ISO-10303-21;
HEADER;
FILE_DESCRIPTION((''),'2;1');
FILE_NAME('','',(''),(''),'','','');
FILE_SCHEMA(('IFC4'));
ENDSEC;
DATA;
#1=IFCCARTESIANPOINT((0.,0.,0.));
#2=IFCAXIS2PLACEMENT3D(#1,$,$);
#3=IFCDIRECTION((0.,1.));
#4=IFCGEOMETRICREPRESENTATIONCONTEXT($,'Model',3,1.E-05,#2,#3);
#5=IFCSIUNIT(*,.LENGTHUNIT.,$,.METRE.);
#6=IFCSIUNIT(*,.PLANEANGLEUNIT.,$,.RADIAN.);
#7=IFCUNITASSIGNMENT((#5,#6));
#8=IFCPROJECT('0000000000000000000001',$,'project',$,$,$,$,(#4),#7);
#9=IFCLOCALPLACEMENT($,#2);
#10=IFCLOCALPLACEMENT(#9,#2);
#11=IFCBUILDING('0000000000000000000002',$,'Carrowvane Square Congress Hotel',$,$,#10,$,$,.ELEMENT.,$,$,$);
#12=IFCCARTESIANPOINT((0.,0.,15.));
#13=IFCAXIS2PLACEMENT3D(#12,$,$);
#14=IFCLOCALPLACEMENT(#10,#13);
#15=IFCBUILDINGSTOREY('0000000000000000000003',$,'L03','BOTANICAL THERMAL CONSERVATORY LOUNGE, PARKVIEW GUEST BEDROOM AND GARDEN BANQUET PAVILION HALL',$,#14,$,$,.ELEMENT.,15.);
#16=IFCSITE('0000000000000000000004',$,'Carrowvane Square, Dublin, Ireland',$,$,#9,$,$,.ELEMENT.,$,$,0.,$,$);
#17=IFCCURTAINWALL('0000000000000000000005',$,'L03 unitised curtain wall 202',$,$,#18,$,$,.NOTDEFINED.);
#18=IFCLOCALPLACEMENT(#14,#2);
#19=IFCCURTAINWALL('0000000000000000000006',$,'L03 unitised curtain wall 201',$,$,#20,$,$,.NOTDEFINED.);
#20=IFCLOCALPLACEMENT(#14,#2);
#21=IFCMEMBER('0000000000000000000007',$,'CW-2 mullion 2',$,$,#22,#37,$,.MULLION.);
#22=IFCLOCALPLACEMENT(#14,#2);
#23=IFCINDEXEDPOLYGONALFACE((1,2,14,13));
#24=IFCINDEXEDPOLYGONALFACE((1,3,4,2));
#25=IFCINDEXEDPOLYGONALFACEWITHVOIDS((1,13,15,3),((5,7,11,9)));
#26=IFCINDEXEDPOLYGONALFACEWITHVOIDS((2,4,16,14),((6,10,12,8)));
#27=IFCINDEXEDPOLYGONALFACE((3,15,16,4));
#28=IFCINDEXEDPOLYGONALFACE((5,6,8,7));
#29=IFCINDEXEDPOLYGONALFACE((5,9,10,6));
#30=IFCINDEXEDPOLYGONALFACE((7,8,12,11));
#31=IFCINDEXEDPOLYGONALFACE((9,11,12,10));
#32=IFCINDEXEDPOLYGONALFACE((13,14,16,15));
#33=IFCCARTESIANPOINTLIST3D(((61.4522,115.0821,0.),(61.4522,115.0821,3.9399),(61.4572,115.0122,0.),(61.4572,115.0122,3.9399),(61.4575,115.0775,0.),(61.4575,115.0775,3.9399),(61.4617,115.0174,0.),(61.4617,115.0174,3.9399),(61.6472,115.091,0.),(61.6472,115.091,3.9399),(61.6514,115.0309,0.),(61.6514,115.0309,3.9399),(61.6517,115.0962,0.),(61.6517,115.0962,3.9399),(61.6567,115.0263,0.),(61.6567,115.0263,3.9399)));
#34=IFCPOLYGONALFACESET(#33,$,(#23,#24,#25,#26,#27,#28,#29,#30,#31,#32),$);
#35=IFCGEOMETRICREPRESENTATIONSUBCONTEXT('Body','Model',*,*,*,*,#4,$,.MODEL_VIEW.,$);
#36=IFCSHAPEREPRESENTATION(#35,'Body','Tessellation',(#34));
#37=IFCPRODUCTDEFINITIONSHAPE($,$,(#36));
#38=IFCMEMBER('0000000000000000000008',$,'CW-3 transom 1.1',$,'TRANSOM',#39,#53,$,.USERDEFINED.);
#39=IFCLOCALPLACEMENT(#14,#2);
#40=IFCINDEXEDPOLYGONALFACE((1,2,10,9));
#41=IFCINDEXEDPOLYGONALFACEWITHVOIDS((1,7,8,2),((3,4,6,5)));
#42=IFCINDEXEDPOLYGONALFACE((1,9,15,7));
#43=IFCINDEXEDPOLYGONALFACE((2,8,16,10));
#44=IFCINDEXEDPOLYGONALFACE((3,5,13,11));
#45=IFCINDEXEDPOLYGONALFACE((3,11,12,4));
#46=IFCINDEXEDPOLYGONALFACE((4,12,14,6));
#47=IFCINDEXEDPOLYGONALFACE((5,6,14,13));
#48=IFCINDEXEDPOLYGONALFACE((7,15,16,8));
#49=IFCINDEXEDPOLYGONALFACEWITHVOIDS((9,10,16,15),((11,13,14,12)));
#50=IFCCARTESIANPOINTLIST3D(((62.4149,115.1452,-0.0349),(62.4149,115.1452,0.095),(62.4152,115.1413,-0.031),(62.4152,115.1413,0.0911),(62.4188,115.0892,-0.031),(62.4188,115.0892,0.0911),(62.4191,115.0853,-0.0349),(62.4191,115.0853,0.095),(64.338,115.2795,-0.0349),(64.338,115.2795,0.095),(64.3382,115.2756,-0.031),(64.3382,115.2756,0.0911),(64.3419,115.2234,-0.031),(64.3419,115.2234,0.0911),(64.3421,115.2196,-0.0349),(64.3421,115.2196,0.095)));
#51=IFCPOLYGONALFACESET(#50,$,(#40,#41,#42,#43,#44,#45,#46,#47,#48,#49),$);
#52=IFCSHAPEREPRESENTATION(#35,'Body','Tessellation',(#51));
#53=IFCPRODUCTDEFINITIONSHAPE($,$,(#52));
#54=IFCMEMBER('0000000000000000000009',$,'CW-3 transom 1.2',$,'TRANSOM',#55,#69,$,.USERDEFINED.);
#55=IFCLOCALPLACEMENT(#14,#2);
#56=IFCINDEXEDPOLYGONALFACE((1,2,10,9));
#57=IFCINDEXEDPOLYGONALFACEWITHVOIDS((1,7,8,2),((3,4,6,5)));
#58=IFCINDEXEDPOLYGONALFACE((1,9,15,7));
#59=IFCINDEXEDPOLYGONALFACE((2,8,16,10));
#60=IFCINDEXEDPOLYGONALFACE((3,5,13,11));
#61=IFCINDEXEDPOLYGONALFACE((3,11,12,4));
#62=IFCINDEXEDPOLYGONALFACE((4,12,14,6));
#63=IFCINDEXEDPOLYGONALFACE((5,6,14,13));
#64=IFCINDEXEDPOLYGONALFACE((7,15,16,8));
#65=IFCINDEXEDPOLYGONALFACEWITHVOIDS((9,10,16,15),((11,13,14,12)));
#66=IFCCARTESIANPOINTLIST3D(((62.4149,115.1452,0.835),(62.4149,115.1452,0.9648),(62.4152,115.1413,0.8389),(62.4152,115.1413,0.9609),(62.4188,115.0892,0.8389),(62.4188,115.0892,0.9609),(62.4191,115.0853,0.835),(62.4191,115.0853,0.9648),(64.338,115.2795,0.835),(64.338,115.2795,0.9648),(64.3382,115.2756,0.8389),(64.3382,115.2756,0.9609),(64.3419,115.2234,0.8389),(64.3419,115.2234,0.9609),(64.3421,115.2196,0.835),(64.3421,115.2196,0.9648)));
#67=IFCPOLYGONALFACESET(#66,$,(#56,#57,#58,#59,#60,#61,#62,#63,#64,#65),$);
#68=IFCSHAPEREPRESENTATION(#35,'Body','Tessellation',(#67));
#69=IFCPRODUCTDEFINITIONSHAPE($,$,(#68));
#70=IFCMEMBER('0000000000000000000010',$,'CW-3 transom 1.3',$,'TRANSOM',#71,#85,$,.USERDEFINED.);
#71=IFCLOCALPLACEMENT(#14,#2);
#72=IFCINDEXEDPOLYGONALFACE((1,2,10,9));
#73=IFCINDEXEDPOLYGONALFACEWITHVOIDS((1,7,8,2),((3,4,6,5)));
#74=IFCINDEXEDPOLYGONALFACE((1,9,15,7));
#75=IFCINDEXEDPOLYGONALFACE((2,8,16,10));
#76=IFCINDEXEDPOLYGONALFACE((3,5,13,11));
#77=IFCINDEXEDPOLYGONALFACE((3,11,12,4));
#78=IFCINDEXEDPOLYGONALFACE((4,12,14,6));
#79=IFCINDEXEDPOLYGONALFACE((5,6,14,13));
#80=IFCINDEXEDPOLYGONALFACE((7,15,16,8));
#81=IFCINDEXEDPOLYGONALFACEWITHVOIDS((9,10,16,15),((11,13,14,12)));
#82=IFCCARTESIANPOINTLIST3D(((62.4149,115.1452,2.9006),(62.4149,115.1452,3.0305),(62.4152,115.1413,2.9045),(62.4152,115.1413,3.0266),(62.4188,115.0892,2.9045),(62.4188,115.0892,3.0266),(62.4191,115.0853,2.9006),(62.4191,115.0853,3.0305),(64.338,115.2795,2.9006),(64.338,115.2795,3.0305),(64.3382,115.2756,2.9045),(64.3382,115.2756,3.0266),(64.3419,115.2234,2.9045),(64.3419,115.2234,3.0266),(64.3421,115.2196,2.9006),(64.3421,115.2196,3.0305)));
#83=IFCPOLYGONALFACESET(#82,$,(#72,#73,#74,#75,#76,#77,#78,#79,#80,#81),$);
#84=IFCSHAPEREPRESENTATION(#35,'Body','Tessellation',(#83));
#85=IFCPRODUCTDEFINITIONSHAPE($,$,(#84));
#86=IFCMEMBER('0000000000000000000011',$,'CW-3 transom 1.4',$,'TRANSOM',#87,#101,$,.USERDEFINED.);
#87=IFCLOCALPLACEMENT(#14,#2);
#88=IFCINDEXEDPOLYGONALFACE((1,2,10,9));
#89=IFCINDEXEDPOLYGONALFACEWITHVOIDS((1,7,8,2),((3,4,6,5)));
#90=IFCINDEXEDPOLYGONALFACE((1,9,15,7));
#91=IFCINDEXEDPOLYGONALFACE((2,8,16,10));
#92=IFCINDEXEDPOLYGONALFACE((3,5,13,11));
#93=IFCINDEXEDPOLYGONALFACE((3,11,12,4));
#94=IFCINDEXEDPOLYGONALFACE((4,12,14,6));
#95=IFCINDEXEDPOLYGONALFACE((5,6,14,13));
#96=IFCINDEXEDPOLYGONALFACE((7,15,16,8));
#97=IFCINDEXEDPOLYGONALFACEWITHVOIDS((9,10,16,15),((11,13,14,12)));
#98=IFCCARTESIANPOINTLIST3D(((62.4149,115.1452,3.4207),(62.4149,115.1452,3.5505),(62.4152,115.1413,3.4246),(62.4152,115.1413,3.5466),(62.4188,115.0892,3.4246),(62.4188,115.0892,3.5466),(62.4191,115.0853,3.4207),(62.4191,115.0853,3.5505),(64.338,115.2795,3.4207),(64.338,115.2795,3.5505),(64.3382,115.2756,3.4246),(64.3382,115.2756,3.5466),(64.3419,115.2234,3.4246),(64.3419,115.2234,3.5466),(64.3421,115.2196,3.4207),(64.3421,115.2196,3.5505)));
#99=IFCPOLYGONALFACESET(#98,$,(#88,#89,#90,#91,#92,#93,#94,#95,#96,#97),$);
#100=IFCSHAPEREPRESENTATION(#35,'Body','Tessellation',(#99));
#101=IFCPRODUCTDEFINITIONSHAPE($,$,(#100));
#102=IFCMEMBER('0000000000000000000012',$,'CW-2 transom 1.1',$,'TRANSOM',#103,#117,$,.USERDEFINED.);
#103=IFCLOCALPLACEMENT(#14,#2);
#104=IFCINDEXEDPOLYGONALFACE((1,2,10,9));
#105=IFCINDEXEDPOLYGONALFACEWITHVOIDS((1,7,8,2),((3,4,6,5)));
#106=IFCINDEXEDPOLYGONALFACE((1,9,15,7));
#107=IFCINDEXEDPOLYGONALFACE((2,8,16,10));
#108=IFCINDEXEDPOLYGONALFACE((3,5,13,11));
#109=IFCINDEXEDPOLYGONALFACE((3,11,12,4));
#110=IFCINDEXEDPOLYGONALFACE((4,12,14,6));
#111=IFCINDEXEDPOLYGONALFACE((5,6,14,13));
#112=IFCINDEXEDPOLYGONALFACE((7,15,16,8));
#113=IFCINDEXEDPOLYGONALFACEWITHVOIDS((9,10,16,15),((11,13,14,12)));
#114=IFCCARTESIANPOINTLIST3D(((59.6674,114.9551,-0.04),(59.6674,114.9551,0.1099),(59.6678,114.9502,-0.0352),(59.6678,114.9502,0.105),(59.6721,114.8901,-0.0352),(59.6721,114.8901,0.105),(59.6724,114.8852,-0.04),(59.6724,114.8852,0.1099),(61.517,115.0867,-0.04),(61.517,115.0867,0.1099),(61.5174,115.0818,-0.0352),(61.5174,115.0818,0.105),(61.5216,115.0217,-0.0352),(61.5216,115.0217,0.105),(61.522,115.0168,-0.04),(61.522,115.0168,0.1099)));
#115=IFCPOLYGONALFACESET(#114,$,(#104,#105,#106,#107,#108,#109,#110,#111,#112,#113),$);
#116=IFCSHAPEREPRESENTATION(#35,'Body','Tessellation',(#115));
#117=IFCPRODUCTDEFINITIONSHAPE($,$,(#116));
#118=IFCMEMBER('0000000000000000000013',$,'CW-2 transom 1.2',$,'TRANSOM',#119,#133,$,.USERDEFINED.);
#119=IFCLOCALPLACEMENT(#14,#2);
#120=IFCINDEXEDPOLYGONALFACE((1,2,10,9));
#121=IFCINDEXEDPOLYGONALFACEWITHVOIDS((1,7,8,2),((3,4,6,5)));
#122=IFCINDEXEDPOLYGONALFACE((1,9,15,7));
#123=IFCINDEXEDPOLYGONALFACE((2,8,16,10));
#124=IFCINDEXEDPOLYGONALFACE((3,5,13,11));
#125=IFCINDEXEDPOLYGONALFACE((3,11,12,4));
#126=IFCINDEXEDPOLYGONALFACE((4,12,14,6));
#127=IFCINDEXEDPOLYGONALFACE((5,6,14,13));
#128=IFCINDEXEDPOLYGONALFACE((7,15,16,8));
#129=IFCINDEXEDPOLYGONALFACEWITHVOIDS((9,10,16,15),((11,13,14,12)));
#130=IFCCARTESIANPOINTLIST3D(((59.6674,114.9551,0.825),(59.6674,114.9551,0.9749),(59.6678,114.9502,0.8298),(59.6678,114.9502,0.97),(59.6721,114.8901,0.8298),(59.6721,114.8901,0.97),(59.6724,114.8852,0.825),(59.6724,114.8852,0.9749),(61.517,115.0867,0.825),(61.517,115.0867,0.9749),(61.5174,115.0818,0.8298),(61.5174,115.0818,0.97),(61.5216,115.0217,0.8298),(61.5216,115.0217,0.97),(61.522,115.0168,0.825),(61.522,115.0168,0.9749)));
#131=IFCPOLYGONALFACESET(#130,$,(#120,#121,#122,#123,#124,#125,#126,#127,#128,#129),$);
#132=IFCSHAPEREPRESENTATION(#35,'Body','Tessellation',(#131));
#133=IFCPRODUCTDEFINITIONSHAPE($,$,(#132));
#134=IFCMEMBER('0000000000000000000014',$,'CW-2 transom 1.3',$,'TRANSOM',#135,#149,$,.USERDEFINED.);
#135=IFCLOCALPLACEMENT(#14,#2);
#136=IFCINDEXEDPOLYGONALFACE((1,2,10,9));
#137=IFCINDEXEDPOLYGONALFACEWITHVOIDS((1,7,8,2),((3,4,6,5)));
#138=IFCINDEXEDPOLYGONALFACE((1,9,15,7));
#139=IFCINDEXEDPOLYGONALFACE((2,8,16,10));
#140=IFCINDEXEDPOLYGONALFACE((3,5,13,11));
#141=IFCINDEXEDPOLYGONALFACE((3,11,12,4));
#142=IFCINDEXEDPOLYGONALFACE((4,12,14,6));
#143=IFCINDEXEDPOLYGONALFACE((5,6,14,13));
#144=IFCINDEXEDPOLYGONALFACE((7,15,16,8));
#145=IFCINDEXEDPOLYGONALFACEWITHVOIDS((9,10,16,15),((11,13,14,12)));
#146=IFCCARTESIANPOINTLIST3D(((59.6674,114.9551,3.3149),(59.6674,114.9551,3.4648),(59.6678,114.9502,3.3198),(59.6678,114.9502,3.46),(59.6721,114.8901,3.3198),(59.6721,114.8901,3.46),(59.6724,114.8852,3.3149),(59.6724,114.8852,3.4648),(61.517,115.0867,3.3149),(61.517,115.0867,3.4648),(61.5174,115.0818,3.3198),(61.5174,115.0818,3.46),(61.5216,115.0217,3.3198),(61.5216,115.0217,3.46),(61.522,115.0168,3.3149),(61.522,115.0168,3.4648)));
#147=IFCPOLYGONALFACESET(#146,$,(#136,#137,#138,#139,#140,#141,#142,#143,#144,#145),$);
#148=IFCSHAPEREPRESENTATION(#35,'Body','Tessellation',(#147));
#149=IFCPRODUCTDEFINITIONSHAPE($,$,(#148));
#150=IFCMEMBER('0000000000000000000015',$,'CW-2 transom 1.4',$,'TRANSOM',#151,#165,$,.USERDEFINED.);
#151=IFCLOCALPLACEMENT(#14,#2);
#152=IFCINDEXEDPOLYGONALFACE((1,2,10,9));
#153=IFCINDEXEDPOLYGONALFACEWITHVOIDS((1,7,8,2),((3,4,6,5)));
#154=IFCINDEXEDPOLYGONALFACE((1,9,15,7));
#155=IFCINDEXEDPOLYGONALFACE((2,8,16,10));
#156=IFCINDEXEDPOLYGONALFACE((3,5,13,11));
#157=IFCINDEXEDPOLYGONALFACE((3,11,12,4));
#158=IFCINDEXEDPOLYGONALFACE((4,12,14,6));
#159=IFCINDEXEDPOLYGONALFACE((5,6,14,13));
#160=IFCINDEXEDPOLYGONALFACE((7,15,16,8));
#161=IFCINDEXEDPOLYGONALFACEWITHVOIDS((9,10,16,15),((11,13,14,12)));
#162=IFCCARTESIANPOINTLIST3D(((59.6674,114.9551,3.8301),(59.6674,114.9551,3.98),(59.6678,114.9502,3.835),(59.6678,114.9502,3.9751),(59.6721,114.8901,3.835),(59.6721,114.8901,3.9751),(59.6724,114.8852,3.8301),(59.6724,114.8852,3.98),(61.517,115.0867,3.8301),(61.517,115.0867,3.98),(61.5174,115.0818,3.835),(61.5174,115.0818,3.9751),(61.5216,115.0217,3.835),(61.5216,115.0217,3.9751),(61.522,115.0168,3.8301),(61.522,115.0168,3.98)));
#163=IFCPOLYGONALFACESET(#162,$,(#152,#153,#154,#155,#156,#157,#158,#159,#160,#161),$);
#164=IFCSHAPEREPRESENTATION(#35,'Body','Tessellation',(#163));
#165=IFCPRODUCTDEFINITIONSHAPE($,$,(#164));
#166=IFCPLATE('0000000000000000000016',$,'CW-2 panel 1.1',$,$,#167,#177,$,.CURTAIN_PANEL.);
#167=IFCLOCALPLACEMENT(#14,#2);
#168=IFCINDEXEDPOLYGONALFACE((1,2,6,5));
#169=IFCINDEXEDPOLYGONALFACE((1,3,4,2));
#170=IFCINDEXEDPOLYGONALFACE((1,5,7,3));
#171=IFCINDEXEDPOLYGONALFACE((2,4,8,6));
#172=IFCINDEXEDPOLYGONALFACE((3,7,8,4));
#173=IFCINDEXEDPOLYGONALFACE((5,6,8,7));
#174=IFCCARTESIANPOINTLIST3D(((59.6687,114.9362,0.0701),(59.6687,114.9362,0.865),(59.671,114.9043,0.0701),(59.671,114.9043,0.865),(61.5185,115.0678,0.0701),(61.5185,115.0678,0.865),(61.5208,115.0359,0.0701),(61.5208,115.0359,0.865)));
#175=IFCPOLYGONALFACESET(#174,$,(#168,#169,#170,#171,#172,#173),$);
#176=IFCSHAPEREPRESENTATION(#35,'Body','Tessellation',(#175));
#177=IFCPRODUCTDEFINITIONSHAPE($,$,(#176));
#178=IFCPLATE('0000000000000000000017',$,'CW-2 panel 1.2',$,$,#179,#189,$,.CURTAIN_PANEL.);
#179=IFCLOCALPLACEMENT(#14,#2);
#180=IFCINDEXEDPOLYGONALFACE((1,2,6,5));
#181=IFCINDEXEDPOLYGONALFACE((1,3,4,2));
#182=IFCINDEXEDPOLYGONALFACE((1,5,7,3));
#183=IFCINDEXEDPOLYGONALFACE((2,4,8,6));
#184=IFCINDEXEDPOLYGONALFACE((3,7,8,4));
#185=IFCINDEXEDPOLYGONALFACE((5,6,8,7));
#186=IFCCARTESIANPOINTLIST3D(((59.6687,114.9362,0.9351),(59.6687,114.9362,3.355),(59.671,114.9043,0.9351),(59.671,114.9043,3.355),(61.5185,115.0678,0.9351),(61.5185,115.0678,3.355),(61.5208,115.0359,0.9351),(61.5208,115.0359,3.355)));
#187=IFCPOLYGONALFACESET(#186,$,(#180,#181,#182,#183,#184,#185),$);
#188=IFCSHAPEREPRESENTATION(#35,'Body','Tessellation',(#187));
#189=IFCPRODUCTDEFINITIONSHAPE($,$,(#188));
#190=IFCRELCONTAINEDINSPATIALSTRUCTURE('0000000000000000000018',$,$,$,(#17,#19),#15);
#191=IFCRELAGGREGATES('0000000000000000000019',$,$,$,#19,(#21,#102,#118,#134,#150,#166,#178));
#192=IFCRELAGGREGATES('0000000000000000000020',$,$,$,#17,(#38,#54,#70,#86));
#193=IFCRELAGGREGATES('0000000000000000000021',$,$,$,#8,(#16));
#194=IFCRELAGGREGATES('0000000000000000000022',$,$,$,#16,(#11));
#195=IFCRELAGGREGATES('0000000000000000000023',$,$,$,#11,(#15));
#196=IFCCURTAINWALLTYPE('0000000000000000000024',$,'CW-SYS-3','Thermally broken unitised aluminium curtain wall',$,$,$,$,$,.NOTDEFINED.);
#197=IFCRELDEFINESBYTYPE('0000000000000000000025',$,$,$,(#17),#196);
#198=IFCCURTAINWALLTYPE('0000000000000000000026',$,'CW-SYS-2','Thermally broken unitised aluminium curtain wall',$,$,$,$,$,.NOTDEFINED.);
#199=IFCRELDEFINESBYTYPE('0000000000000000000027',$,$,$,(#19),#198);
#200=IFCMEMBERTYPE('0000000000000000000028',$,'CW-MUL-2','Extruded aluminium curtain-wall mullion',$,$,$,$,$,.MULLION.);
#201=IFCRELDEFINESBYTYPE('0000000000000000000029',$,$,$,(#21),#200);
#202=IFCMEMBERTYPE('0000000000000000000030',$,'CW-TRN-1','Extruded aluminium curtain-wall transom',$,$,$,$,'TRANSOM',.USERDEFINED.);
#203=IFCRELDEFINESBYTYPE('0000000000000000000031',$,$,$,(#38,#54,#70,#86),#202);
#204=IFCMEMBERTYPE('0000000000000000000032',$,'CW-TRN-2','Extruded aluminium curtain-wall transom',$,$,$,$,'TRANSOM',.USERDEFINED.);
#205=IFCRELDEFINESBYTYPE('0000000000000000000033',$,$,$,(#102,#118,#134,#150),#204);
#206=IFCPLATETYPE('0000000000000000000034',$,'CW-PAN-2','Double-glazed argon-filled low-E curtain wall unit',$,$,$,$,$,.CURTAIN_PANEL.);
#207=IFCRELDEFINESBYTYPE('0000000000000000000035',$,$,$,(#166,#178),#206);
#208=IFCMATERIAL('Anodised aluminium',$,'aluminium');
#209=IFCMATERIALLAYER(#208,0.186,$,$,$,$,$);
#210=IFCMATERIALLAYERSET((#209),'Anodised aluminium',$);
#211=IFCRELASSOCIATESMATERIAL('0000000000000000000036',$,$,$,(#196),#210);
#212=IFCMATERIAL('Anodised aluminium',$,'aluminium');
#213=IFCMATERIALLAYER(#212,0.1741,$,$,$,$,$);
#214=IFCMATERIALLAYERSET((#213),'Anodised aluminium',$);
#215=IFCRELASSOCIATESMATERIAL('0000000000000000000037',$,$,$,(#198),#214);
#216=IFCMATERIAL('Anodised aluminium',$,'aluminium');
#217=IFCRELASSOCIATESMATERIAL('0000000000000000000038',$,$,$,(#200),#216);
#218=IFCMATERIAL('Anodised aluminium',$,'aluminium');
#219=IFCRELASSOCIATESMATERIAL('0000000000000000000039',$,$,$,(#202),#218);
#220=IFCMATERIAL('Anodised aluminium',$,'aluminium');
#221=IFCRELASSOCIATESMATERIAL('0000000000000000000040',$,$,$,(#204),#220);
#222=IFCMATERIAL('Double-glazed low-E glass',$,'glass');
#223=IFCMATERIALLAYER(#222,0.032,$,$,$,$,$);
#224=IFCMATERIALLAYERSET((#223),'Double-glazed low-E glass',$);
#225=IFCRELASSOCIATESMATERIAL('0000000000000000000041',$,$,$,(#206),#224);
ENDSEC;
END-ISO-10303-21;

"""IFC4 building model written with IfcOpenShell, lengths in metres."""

from ifc_helpers import new_model, si_unit, direction, frame, origin, origin_2d, place, context, subcontext, project, spatial, rectangle, hollow_rectangle, extrude, material, layer, layer_set, material_profile, profile_set, type_object, element, aggregate, save


model = new_model("IFC4")

# Units and contexts
model_context = context("Model", 3, precision=1e-05, world=origin(), true_north=direction((0.0, 1.0)))
body_context = subcontext(model_context, "Body", "Model", "MODEL_VIEW")
ifc_project = project(units=[si_unit("LENGTHUNIT", "METRE"), si_unit("PLANEANGLEUNIT", "RADIAN")], contexts=[model_context])

# Site, building, storey
site_placement = place(None, origin())
site = spatial("IfcSite", under=ifc_project, at=site_placement, Name="Carrowvane Square, Dublin, Ireland", CompositionType="ELEMENT", RefElevation=0.0)
building_placement = place(site_placement, origin())
building = spatial("IfcBuilding", under=site, at=building_placement, Name="Carrowvane Square Congress Hotel", CompositionType="ELEMENT")
storey_placement = place(building_placement, frame((0.0, 0.0, 15.0)))
storey = spatial("IfcBuildingStorey", under=building, at=storey_placement, Name="L03", Description="BOTANICAL THERMAL CONSERVATORY LOUNGE, PARKVIEW GUEST BEDROOM AND GARDEN BANQUET PAVILION HALL", CompositionType="ELEMENT", Elevation=15.0)

# Curtain walls, member
ifc_material_1 = material(Name="Anodised aluminium", Category="aluminium")
ifc_layer_1 = layer(ifc_material_1, 0.186)
ifc_layer_set_1 = layer_set([ifc_layer_1], Name="Anodised aluminium")
curtain_wall_type_1 = type_object("IfcCurtainWallType", Name="CW-SYS-3", Description="Thermally broken unitised aluminium curtain wall", PredefinedType="NOTDEFINED", material=ifc_layer_set_1)
curtain_wall_1_placement = place(storey_placement, origin())
curtain_wall_1 = element("IfcCurtainWall", 1, at=curtain_wall_1_placement, inside=storey, type_object=curtain_wall_type_1, Name="L03 unitised curtain wall 202", PredefinedType="NOTDEFINED")
ifc_material_2 = material(Name="Anodised aluminium", Category="aluminium")
ifc_layer_2 = layer(ifc_material_2, 0.1741)
ifc_layer_set_2 = layer_set([ifc_layer_2], Name="Anodised aluminium")
curtain_wall_type_2 = type_object("IfcCurtainWallType", Name="CW-SYS-2", Description="Thermally broken unitised aluminium curtain wall", PredefinedType="NOTDEFINED", material=ifc_layer_set_2)
curtain_wall_2_placement = place(storey_placement, origin())
curtain_wall_2 = element("IfcCurtainWall", 2, at=curtain_wall_2_placement, inside=storey, type_object=curtain_wall_type_2, Name="L03 unitised curtain wall 201", PredefinedType="NOTDEFINED")
ifc_material_3 = material(Name="Anodised aluminium", Category="aluminium")
ifc_material_profile_1 = material_profile(ifc_material_3, hollow_rectangle(XDim=0.0701, YDim=0.2, WallThickness=0.0049, at=origin_2d()), Name="CW-ML 70x200x5")
ifc_profile_set_1 = profile_set([ifc_material_profile_1], Name="Anodised aluminium")
member_type_1 = type_object("IfcMemberType", Name="CW-MUL-2", Description="Extruded aluminium curtain-wall mullion", PredefinedType="MULLION", material=ifc_profile_set_1)
member_1_placement = place(storey_placement, frame((61.5544, 115.0542, 0.0), z_axis=(0.0, 0.0, 1.0), x_axis=(-0.07096, 0.997479, 0.0)))
member_1 = element("IfcMember", 3, at=member_1_placement, type_object=member_type_1, Name="CW-2 mullion 2", PredefinedType="MULLION", context=body_context, shape_type="SweptSolid", body=[
    extrude(hollow_rectangle(XDim=0.0701, YDim=0.2, WallThickness=0.0049, at=origin_2d()), origin(), (0.0, 0.0, 1.0), 3.9399),
])

# Members
ifc_material_4 = material(Name="Anodised aluminium", Category="aluminium")
ifc_material_profile_2 = material_profile(ifc_material_4, hollow_rectangle(XDim=0.0601, YDim=0.1299, WallThickness=0.0039, at=origin_2d()), Name="CW-TR 60x130x4")
ifc_profile_set_2 = profile_set([ifc_material_profile_2], Name="Anodised aluminium")
member_type_2 = type_object("IfcMemberType", Name="CW-TRN-1", Description="Extruded aluminium curtain-wall transom", ElementType="TRANSOM", PredefinedType="USERDEFINED", material=ifc_profile_set_2)
member_2_placement = place(storey_placement, frame((62.417, 115.1152, 0.03), z_axis=(0.997571, 0.069654, 0.0), x_axis=(-0.069654, 0.997571, 0.0)))
member_2 = element("IfcMember", 4, at=member_2_placement, type_object=member_type_2, Name="CW-3 transom 1.1", ObjectType="TRANSOM", PredefinedType="USERDEFINED", context=body_context, shape_type="SweptSolid", body=[
    extrude(hollow_rectangle(XDim=0.0601, YDim=0.1299, WallThickness=0.0039, at=origin_2d()), origin(), (0.0, 0.0, 1.0), 1.9277),
])
member_3_placement = place(storey_placement, frame((62.417, 115.1152, 0.8999), z_axis=(0.997571, 0.069654, 0.0), x_axis=(-0.069654, 0.997571, 0.0)))
member_3 = element("IfcMember", 5, at=member_3_placement, type_object=member_type_2, Name="CW-3 transom 1.2", ObjectType="TRANSOM", PredefinedType="USERDEFINED", context=body_context, shape_type="SweptSolid", body=[
    extrude(hollow_rectangle(XDim=0.0601, YDim=0.1299, WallThickness=0.0039, at=origin_2d()), origin(), (0.0, 0.0, 1.0), 1.9277),
])
member_4_placement = place(storey_placement, frame((62.417, 115.1152, 2.9656), z_axis=(0.997571, 0.069654, 0.0), x_axis=(-0.069654, 0.997571, 0.0)))
member_4 = element("IfcMember", 6, at=member_4_placement, type_object=member_type_2, Name="CW-3 transom 1.3", ObjectType="TRANSOM", PredefinedType="USERDEFINED", context=body_context, shape_type="SweptSolid", body=[
    extrude(hollow_rectangle(XDim=0.0601, YDim=0.1299, WallThickness=0.0039, at=origin_2d()), origin(), (0.0, 0.0, 1.0), 1.9277),
])
member_5_placement = place(storey_placement, frame((62.417, 115.1152, 3.4856), z_axis=(0.997571, 0.069654, 0.0), x_axis=(-0.069654, 0.997571, 0.0)))
member_5 = element("IfcMember", 7, at=member_5_placement, type_object=member_type_2, Name="CW-3 transom 1.4", ObjectType="TRANSOM", PredefinedType="USERDEFINED", context=body_context, shape_type="SweptSolid", body=[
    extrude(hollow_rectangle(XDim=0.0601, YDim=0.1299, WallThickness=0.0039, at=origin_2d()), origin(), (0.0, 0.0, 1.0), 1.9277),
])
ifc_material_5 = material(Name="Anodised aluminium", Category="aluminium")
ifc_material_profile_3 = material_profile(ifc_material_5, hollow_rectangle(XDim=0.0701, YDim=0.1499, WallThickness=0.0049, at=origin_2d()), Name="CW-TR 70x150x5")
ifc_profile_set_3 = profile_set([ifc_material_profile_3], Name="Anodised aluminium")
member_type_3 = type_object("IfcMemberType", Name="CW-TRN-2", Description="Extruded aluminium curtain-wall transom", ElementType="TRANSOM", PredefinedType="USERDEFINED", material=ifc_profile_set_3)
member_6_placement = place(storey_placement, frame((59.6699, 114.9202, 0.0349), z_axis=(0.997479, 0.070966, 0.0), x_axis=(-0.070966, 0.997479, 0.0)))
member_6 = element("IfcMember", 8, at=member_6_placement, type_object=member_type_3, Name="CW-2 transom 1.1", ObjectType="TRANSOM", PredefinedType="USERDEFINED", context=body_context, shape_type="SweptSolid", body=[
    extrude(hollow_rectangle(XDim=0.0701, YDim=0.1499, WallThickness=0.0049, at=origin_2d()), origin(), (0.0, 0.0, 1.0), 1.8542),
])
member_7_placement = place(storey_placement, frame((59.6699, 114.9202, 0.8999), z_axis=(0.997479, 0.070966, 0.0), x_axis=(-0.070966, 0.997479, 0.0)))
member_7 = element("IfcMember", 9, at=member_7_placement, type_object=member_type_3, Name="CW-2 transom 1.2", ObjectType="TRANSOM", PredefinedType="USERDEFINED", context=body_context, shape_type="SweptSolid", body=[
    extrude(hollow_rectangle(XDim=0.0701, YDim=0.1499, WallThickness=0.0049, at=origin_2d()), origin(), (0.0, 0.0, 1.0), 1.8542),
])
member_8_placement = place(storey_placement, frame((59.6699, 114.9202, 3.3899), z_axis=(0.997479, 0.070966, 0.0), x_axis=(-0.070966, 0.997479, 0.0)))
member_8 = element("IfcMember", 10, at=member_8_placement, type_object=member_type_3, Name="CW-2 transom 1.3", ObjectType="TRANSOM", PredefinedType="USERDEFINED", context=body_context, shape_type="SweptSolid", body=[
    extrude(hollow_rectangle(XDim=0.0701, YDim=0.1499, WallThickness=0.0049, at=origin_2d()), origin(), (0.0, 0.0, 1.0), 1.8542),
])
member_9_placement = place(storey_placement, frame((59.6699, 114.9202, 3.905), z_axis=(0.997479, 0.070966, 0.0), x_axis=(-0.070966, 0.997479, 0.0)))
member_9 = element("IfcMember", 11, at=member_9_placement, type_object=member_type_3, Name="CW-2 transom 1.4", ObjectType="TRANSOM", PredefinedType="USERDEFINED", context=body_context, shape_type="SweptSolid", body=[
    extrude(hollow_rectangle(XDim=0.0701, YDim=0.1499, WallThickness=0.0049, at=origin_2d()), origin(), (0.0, 0.0, 1.0), 1.8542),
])

# Plates
ifc_material_6 = material(Name="Double-glazed low-E glass", Category="glass")
ifc_layer_3 = layer(ifc_material_6, 0.032)
ifc_layer_set_3 = layer_set([ifc_layer_3], Name="Double-glazed low-E glass")
plate_type_1 = type_object("IfcPlateType", Name="CW-PAN-2", Description="Double-glazed argon-filled low-E curtain wall unit", PredefinedType="CURTAIN_PANEL", material=ifc_layer_set_3)
plate_1_placement = place(storey_placement, frame((60.5947, 114.9861, 0.0701), z_axis=(0.0, 0.0, 1.0), x_axis=(0.997479, 0.07096, 0.0)))
plate_1 = element("IfcPlate", 12, at=plate_1_placement, type_object=plate_type_1, Name="CW-2 panel 1.1", PredefinedType="CURTAIN_PANEL", context=body_context, shape_type="SweptSolid", body=[
    extrude(rectangle(XDim=1.8545, YDim=0.032, at=origin_2d()), origin(), (0.0, 0.0, 1.0), 0.7949),
])
plate_2_placement = place(storey_placement, frame((60.5947, 114.9861, 0.9351), z_axis=(0.0, 0.0, 1.0), x_axis=(0.997479, 0.07096, 0.0)))
plate_2 = element("IfcPlate", 13, at=plate_2_placement, type_object=plate_type_1, Name="CW-2 panel 1.2", PredefinedType="CURTAIN_PANEL", context=body_context, shape_type="SweptSolid", body=[
    extrude(rectangle(XDim=1.8545, YDim=0.032, at=origin_2d()), origin(), (0.0, 0.0, 1.0), 2.4199),
])
aggregate(curtain_wall_2, [member_1, member_6, member_7, member_8, member_9, plate_1, plate_2])
aggregate(curtain_wall_1, [member_2, member_3, member_4, member_5])

save(model, "model.ifc")
